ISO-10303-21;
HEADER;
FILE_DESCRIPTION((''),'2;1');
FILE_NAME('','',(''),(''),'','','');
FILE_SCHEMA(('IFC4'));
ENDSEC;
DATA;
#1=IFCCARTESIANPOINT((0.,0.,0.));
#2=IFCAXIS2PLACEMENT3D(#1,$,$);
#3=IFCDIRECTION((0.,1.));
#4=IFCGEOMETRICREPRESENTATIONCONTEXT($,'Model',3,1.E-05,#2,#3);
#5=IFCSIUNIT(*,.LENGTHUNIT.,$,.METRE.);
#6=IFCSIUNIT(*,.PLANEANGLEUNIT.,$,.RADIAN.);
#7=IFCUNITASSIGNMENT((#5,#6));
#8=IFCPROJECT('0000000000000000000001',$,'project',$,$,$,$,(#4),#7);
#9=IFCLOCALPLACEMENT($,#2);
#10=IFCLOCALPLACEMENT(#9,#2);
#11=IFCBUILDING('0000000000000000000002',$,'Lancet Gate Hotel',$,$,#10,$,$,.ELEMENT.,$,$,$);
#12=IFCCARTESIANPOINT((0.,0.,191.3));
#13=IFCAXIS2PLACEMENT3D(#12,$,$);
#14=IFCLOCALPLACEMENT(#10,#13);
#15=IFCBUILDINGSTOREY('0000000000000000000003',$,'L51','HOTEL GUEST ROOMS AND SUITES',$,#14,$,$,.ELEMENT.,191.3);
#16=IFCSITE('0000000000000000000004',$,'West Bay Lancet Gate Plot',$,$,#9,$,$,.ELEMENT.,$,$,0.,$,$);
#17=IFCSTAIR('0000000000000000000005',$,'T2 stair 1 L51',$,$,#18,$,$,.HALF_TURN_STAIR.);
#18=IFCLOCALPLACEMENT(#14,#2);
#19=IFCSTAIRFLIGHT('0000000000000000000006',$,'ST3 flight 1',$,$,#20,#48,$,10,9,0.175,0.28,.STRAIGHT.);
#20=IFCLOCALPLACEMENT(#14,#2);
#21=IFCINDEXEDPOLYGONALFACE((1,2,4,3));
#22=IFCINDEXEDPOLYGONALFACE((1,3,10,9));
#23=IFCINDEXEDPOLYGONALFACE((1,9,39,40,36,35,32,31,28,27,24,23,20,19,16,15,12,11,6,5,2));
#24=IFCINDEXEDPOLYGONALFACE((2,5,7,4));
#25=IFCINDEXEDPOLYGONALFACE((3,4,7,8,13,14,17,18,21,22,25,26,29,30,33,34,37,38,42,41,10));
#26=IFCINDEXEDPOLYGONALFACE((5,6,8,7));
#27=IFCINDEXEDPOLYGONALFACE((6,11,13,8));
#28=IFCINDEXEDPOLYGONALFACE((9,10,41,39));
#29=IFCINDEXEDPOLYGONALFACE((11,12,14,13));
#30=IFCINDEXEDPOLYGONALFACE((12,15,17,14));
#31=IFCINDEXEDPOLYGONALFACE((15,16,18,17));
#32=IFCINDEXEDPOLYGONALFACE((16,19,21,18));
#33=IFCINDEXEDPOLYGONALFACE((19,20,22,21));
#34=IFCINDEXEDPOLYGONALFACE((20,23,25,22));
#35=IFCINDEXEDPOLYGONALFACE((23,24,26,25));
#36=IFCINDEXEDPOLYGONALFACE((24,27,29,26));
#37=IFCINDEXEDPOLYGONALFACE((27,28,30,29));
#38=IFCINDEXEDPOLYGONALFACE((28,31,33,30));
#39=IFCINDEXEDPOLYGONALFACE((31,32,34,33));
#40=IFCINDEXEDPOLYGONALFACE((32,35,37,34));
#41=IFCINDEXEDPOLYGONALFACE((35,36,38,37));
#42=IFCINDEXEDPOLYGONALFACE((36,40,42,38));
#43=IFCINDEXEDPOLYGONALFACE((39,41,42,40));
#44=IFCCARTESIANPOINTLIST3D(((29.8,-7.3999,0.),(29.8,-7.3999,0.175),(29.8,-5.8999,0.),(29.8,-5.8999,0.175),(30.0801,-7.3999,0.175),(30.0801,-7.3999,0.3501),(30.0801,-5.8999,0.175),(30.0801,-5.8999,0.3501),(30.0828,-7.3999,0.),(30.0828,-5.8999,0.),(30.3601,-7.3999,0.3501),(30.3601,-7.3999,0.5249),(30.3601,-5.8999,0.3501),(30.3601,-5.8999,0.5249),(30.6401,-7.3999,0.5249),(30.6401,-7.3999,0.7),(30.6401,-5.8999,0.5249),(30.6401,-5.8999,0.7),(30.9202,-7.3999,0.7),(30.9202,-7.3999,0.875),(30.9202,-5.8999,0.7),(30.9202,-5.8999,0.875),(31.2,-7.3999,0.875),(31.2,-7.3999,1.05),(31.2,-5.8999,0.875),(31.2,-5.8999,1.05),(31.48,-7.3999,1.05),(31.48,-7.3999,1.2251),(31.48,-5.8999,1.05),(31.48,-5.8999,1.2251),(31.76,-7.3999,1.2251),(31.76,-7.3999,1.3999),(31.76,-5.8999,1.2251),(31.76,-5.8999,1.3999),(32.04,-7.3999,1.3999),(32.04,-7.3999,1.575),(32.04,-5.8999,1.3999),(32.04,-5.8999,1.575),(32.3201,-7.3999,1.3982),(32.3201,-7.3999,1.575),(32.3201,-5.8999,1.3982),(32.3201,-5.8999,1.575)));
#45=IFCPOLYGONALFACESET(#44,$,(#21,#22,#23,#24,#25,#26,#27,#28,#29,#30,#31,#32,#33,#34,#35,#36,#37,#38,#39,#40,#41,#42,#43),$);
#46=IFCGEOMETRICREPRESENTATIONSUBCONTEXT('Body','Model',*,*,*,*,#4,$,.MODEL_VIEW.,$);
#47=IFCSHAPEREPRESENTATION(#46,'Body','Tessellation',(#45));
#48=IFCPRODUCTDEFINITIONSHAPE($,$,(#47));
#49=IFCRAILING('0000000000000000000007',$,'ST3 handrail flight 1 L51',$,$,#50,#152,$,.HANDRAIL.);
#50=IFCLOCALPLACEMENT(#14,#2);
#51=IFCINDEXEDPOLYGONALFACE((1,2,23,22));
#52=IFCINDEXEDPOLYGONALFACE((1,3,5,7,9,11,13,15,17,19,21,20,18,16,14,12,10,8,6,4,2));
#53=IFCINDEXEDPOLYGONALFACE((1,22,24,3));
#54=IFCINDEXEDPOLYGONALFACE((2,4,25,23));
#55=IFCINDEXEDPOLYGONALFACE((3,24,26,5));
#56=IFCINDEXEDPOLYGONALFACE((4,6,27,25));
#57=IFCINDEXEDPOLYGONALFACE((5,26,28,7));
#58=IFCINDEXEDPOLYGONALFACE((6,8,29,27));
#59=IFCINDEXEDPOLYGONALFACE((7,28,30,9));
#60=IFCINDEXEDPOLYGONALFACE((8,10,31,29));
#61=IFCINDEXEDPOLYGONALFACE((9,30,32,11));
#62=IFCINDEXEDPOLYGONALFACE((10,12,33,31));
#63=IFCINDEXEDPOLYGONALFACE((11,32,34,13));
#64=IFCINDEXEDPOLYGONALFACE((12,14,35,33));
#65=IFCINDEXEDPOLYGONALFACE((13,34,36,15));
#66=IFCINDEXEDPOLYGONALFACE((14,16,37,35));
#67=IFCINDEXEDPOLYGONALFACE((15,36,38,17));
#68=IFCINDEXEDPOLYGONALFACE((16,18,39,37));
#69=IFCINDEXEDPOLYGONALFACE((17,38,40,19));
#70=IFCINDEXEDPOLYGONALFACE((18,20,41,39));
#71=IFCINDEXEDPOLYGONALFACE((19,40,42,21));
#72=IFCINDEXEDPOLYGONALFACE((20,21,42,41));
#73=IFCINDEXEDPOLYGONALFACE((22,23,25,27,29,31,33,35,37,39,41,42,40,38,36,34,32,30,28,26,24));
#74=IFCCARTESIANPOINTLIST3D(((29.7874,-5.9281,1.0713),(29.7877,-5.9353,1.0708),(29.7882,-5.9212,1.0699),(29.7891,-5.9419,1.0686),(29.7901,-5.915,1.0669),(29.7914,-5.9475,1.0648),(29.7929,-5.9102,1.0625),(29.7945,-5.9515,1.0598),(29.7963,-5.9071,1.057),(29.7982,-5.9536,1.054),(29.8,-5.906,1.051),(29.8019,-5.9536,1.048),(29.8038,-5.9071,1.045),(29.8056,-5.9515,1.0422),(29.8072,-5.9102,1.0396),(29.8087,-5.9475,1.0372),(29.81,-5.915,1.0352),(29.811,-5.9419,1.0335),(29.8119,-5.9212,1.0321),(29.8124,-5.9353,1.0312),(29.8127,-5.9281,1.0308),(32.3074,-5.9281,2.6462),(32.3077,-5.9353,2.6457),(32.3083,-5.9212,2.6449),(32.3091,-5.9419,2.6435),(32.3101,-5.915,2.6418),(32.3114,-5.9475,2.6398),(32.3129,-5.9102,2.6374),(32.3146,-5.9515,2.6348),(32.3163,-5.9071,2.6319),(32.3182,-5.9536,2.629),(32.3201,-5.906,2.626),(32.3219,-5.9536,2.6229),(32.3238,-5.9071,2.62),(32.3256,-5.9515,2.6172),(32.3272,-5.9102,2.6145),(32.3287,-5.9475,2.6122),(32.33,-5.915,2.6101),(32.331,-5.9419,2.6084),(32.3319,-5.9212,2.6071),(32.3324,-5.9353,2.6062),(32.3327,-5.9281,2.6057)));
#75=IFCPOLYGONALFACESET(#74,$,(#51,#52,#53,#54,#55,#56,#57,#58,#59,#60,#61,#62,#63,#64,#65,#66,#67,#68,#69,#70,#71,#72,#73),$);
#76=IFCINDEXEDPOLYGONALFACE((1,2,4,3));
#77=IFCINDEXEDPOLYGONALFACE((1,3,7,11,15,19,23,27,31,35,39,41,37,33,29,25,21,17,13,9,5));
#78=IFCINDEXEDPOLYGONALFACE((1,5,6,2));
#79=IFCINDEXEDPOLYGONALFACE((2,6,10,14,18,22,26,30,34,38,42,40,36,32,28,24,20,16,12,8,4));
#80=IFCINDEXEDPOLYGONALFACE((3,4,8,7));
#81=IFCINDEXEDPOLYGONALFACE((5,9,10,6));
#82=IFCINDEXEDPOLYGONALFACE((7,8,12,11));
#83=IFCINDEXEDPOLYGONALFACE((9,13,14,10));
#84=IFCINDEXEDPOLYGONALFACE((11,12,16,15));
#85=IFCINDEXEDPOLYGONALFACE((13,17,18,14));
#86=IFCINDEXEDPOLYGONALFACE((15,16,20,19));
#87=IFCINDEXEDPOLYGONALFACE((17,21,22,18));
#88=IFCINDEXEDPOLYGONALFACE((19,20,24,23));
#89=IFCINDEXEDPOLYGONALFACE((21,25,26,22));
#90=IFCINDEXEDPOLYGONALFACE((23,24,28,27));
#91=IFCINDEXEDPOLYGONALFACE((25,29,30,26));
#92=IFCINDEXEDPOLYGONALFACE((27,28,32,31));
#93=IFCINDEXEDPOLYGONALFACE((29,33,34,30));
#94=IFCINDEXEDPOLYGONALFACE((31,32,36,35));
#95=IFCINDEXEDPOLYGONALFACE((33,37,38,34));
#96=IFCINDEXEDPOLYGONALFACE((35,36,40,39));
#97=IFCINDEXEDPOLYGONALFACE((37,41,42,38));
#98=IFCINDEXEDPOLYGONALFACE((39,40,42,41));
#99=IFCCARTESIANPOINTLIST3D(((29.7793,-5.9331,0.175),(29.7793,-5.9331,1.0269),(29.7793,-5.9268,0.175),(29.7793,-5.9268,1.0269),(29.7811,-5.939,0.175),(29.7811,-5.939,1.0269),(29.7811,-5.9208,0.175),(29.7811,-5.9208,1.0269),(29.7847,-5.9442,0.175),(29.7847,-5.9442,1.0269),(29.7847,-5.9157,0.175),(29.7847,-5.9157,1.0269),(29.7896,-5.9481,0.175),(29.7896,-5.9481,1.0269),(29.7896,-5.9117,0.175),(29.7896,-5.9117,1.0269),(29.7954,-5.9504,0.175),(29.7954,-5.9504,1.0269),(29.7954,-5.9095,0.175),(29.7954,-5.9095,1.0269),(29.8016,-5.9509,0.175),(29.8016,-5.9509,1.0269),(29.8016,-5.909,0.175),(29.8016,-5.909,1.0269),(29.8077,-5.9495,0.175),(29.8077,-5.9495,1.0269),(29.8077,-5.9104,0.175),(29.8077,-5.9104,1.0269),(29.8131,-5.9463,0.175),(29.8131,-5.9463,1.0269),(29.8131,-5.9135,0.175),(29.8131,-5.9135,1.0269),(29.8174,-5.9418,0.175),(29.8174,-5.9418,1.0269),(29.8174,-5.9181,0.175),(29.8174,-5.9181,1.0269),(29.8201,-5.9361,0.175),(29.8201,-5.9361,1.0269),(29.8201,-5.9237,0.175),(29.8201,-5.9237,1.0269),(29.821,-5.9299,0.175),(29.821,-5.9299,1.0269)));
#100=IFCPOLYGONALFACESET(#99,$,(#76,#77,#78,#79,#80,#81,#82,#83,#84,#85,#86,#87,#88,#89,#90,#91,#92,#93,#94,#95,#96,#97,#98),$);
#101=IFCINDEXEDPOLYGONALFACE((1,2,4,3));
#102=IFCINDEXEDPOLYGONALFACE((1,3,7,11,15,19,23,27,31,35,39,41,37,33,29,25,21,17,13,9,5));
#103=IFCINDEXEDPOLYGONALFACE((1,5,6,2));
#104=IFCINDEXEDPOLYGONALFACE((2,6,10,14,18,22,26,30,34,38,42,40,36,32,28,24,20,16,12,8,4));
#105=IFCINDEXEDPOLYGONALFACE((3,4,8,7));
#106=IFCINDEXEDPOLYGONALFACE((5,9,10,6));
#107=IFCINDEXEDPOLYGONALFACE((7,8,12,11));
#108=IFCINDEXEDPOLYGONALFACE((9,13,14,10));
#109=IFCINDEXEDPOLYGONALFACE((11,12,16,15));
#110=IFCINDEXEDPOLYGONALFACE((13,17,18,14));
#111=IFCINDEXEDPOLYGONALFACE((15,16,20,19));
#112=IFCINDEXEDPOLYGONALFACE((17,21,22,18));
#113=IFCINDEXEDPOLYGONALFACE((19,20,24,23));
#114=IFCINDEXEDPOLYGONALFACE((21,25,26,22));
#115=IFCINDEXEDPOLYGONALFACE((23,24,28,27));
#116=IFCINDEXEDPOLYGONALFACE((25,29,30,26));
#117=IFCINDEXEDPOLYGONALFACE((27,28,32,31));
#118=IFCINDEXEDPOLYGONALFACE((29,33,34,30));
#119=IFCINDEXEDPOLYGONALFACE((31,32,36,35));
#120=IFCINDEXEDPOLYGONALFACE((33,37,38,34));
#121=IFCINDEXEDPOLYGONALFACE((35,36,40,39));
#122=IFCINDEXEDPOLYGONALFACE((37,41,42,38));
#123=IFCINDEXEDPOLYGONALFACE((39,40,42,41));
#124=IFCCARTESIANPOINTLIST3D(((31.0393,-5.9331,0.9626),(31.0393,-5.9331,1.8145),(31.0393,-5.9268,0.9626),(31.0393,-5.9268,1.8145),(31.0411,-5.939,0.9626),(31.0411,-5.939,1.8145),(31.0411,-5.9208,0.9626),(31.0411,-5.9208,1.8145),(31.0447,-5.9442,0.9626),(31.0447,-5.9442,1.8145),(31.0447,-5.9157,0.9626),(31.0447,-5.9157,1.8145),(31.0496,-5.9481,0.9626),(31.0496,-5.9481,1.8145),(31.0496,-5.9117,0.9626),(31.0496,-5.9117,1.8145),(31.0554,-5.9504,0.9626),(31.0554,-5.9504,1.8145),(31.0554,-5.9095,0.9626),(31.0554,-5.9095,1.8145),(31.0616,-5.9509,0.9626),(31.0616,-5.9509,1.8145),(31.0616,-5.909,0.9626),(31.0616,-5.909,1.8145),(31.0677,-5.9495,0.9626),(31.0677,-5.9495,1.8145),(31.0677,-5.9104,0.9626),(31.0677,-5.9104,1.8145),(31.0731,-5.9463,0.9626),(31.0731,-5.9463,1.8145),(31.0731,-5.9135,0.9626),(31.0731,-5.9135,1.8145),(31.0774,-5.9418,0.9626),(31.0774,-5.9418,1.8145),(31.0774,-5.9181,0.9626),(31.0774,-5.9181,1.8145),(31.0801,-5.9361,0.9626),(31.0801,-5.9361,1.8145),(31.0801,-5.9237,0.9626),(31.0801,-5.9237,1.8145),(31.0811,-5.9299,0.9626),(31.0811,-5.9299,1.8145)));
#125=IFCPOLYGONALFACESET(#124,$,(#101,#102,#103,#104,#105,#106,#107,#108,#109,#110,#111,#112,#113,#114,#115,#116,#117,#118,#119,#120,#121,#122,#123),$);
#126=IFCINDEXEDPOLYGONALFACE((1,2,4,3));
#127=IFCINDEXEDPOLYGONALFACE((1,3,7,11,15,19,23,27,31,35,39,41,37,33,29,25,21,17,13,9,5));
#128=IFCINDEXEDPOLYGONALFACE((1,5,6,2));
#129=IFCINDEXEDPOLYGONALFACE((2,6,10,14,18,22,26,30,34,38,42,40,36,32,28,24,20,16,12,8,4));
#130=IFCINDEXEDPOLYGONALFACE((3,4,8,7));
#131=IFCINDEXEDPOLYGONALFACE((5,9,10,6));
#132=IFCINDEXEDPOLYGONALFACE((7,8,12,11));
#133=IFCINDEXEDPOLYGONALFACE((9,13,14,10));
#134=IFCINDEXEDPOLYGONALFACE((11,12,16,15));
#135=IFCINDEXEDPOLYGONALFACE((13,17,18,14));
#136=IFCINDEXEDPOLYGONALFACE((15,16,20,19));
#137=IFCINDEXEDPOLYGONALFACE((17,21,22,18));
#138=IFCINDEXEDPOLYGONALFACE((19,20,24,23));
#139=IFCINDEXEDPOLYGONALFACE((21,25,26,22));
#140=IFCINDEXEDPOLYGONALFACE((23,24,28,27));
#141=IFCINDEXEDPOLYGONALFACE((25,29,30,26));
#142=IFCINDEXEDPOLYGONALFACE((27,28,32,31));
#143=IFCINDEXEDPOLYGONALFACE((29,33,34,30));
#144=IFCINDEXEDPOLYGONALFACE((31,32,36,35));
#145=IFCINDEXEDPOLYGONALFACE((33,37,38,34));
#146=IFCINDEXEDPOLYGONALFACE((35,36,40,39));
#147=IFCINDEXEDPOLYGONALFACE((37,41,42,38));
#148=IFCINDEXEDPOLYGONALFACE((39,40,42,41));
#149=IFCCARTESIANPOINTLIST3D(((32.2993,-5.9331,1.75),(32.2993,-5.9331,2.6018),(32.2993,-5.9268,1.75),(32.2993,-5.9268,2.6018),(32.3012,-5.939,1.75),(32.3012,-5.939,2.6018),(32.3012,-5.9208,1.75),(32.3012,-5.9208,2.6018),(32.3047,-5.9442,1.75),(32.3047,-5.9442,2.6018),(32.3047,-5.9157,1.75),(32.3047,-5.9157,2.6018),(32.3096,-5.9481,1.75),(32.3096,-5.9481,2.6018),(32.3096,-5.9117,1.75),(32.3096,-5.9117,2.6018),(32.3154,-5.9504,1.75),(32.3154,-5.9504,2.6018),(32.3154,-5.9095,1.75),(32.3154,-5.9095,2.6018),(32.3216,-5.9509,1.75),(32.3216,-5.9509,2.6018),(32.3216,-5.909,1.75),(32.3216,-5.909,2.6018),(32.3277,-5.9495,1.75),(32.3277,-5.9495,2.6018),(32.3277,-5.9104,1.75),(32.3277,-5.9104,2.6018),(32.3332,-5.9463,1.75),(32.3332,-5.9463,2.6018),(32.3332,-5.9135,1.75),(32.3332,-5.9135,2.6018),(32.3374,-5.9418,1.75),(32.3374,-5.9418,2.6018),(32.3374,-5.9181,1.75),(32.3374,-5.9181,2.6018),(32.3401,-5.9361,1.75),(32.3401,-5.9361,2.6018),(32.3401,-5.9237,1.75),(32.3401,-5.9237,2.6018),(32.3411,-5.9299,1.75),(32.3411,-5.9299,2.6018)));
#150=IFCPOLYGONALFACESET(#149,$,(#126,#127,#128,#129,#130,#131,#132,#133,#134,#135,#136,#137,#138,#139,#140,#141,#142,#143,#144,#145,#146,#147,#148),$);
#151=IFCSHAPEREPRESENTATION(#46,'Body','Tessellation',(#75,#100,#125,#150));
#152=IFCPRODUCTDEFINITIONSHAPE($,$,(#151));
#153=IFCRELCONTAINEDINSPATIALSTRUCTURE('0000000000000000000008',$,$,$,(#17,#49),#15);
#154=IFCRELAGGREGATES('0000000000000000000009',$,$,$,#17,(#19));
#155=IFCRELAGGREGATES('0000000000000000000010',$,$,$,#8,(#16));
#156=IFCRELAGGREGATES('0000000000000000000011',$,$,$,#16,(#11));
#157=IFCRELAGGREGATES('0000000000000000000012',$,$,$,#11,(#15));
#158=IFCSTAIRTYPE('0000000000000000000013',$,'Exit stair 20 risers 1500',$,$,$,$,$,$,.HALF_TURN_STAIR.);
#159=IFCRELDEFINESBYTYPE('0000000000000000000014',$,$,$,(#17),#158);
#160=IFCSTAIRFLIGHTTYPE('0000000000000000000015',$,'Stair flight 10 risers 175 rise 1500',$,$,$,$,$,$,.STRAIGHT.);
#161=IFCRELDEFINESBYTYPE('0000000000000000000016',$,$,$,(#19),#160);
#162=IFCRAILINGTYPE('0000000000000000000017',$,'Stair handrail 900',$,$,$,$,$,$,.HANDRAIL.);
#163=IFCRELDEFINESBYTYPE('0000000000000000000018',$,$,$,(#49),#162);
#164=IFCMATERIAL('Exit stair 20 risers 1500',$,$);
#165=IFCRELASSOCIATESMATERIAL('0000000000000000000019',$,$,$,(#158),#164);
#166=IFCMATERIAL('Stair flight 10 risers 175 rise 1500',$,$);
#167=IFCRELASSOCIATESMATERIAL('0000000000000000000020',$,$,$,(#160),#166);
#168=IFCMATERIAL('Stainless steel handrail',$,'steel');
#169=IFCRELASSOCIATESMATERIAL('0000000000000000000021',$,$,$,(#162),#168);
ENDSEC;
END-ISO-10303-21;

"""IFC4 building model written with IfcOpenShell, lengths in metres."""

from ifc_helpers import new_model, si_unit, direction, frame, origin, origin_2d, place, context, subcontext, project, spatial, polyline, circle, outline, extrude, material, type_object, element, aggregate, save


model = new_model("IFC4")

# Units and contexts
model_context = context("Model", 3, precision=1e-05, world=origin(), true_north=direction((0.0, 1.0)))
body_context = subcontext(model_context, "Body", "Model", "MODEL_VIEW")
ifc_project = project(units=[si_unit("LENGTHUNIT", "METRE"), si_unit("PLANEANGLEUNIT", "RADIAN")], contexts=[model_context])

# Site, building, storey
site_placement = place(None, origin())
site = spatial("IfcSite", under=ifc_project, at=site_placement, Name="West Bay Lancet Gate Plot", CompositionType="ELEMENT", RefElevation=0.0)
building_placement = place(site_placement, origin())
building = spatial("IfcBuilding", under=site, at=building_placement, Name="Lancet Gate Hotel", CompositionType="ELEMENT")
storey_placement = place(building_placement, frame((0.0, 0.0, 191.3)))
storey = spatial("IfcBuildingStorey", under=building, at=storey_placement, Name="L51", Description="HOTEL GUEST ROOMS AND SUITES", CompositionType="ELEMENT", Elevation=191.3)

# Stair, stair flight
ifc_material_1 = material(Name="Exit stair 20 risers 1500")
stair_type = type_object("IfcStairType", Name="Exit stair 20 risers 1500", PredefinedType="HALF_TURN_STAIR", material=ifc_material_1)
stair_placement = place(storey_placement, origin())
stair = element("IfcStair", 1, at=stair_placement, inside=storey, type_object=stair_type, Name="T2 stair 1 L51", PredefinedType="HALF_TURN_STAIR")
ifc_material_2 = material(Name="Stair flight 10 risers 175 rise 1500")
stair_flight_type = type_object("IfcStairFlightType", Name="Stair flight 10 risers 175 rise 1500", PredefinedType="STRAIGHT", material=ifc_material_2)
stair_flight_placement = place(storey_placement, frame((29.8, -6.6499, 0.0), z_axis=(0.0, 0.0, 1.0), x_axis=(1.0, 0.0, 0.0)))
stair_flight = element("IfcStairFlight", 2, at=stair_flight_placement, type_object=stair_flight_type, Name="ST3 flight 1", NumberOfRisers=10, NumberOfTreads=9, PredefinedType="STRAIGHT", RiserHeight=0.175, TreadLength=0.28, context=body_context, shape_type="SweptSolid", body=[
    extrude(outline(polyline([(0.0, 0.0), (0.0, 0.175), (0.28, 0.175), (0.28, 0.3501), (0.5601, 0.3501), (0.5601, 0.5249), (0.8401, 0.5249), (0.8401, 0.7), (1.1201, 0.7), (1.1201, 0.875), (1.3999, 0.875), (1.3999, 1.05), (1.6799, 1.05), (1.6799, 1.2251), (1.96, 1.2251), (1.96, 1.3999), (2.24, 1.3999), (2.24, 1.575), (2.52, 1.575), (2.52, 1.75), (2.52, 1.3982), (0.2827, 0.0), (0.0, 0.0)])), frame((0.0, 0.75, 0.0), z_axis=(0.0, -1.0, 0.0), x_axis=(1.0, 0.0, 0.0)), (0.0, 0.0, 1.0), 1.5),
])
aggregate(stair, [stair_flight])

# Railing
ifc_material_3 = material(Name="Stainless steel handrail", Category="steel")
railing_type = type_object("IfcRailingType", Name="Stair handrail 900", PredefinedType="HANDRAIL", material=ifc_material_3)
railing_placement = place(storey_placement, frame((29.8, -5.9299, 0.175)))
element("IfcRailing", 3, at=railing_placement, inside=storey, type_object=railing_type, Name="ST3 handrail flight 1 L51", PredefinedType="HANDRAIL", context=body_context, shape_type="SweptSolid", body=[
    extrude(circle(Radius=0.0239, at=origin_2d()), frame((0.0, 0.0, 0.876), z_axis=(0.848008, 0.0, 0.529984), x_axis=(0.0, 1.0, 0.0)), (0.0, 0.0, 1.0), 2.9717),
    extrude(circle(Radius=0.021, at=origin_2d()), origin(), (0.0, 0.0, 1.0), 0.8518),
    extrude(circle(Radius=0.021, at=origin_2d()), frame((1.26, 0.0, 0.7876)), (0.0, 0.0, 1.0), 0.8518),
    extrude(circle(Radius=0.021, at=origin_2d()), frame((2.52, 0.0, 1.575)), (0.0, 0.0, 1.0), 0.8518),
])

save(model, "model.ifc")
